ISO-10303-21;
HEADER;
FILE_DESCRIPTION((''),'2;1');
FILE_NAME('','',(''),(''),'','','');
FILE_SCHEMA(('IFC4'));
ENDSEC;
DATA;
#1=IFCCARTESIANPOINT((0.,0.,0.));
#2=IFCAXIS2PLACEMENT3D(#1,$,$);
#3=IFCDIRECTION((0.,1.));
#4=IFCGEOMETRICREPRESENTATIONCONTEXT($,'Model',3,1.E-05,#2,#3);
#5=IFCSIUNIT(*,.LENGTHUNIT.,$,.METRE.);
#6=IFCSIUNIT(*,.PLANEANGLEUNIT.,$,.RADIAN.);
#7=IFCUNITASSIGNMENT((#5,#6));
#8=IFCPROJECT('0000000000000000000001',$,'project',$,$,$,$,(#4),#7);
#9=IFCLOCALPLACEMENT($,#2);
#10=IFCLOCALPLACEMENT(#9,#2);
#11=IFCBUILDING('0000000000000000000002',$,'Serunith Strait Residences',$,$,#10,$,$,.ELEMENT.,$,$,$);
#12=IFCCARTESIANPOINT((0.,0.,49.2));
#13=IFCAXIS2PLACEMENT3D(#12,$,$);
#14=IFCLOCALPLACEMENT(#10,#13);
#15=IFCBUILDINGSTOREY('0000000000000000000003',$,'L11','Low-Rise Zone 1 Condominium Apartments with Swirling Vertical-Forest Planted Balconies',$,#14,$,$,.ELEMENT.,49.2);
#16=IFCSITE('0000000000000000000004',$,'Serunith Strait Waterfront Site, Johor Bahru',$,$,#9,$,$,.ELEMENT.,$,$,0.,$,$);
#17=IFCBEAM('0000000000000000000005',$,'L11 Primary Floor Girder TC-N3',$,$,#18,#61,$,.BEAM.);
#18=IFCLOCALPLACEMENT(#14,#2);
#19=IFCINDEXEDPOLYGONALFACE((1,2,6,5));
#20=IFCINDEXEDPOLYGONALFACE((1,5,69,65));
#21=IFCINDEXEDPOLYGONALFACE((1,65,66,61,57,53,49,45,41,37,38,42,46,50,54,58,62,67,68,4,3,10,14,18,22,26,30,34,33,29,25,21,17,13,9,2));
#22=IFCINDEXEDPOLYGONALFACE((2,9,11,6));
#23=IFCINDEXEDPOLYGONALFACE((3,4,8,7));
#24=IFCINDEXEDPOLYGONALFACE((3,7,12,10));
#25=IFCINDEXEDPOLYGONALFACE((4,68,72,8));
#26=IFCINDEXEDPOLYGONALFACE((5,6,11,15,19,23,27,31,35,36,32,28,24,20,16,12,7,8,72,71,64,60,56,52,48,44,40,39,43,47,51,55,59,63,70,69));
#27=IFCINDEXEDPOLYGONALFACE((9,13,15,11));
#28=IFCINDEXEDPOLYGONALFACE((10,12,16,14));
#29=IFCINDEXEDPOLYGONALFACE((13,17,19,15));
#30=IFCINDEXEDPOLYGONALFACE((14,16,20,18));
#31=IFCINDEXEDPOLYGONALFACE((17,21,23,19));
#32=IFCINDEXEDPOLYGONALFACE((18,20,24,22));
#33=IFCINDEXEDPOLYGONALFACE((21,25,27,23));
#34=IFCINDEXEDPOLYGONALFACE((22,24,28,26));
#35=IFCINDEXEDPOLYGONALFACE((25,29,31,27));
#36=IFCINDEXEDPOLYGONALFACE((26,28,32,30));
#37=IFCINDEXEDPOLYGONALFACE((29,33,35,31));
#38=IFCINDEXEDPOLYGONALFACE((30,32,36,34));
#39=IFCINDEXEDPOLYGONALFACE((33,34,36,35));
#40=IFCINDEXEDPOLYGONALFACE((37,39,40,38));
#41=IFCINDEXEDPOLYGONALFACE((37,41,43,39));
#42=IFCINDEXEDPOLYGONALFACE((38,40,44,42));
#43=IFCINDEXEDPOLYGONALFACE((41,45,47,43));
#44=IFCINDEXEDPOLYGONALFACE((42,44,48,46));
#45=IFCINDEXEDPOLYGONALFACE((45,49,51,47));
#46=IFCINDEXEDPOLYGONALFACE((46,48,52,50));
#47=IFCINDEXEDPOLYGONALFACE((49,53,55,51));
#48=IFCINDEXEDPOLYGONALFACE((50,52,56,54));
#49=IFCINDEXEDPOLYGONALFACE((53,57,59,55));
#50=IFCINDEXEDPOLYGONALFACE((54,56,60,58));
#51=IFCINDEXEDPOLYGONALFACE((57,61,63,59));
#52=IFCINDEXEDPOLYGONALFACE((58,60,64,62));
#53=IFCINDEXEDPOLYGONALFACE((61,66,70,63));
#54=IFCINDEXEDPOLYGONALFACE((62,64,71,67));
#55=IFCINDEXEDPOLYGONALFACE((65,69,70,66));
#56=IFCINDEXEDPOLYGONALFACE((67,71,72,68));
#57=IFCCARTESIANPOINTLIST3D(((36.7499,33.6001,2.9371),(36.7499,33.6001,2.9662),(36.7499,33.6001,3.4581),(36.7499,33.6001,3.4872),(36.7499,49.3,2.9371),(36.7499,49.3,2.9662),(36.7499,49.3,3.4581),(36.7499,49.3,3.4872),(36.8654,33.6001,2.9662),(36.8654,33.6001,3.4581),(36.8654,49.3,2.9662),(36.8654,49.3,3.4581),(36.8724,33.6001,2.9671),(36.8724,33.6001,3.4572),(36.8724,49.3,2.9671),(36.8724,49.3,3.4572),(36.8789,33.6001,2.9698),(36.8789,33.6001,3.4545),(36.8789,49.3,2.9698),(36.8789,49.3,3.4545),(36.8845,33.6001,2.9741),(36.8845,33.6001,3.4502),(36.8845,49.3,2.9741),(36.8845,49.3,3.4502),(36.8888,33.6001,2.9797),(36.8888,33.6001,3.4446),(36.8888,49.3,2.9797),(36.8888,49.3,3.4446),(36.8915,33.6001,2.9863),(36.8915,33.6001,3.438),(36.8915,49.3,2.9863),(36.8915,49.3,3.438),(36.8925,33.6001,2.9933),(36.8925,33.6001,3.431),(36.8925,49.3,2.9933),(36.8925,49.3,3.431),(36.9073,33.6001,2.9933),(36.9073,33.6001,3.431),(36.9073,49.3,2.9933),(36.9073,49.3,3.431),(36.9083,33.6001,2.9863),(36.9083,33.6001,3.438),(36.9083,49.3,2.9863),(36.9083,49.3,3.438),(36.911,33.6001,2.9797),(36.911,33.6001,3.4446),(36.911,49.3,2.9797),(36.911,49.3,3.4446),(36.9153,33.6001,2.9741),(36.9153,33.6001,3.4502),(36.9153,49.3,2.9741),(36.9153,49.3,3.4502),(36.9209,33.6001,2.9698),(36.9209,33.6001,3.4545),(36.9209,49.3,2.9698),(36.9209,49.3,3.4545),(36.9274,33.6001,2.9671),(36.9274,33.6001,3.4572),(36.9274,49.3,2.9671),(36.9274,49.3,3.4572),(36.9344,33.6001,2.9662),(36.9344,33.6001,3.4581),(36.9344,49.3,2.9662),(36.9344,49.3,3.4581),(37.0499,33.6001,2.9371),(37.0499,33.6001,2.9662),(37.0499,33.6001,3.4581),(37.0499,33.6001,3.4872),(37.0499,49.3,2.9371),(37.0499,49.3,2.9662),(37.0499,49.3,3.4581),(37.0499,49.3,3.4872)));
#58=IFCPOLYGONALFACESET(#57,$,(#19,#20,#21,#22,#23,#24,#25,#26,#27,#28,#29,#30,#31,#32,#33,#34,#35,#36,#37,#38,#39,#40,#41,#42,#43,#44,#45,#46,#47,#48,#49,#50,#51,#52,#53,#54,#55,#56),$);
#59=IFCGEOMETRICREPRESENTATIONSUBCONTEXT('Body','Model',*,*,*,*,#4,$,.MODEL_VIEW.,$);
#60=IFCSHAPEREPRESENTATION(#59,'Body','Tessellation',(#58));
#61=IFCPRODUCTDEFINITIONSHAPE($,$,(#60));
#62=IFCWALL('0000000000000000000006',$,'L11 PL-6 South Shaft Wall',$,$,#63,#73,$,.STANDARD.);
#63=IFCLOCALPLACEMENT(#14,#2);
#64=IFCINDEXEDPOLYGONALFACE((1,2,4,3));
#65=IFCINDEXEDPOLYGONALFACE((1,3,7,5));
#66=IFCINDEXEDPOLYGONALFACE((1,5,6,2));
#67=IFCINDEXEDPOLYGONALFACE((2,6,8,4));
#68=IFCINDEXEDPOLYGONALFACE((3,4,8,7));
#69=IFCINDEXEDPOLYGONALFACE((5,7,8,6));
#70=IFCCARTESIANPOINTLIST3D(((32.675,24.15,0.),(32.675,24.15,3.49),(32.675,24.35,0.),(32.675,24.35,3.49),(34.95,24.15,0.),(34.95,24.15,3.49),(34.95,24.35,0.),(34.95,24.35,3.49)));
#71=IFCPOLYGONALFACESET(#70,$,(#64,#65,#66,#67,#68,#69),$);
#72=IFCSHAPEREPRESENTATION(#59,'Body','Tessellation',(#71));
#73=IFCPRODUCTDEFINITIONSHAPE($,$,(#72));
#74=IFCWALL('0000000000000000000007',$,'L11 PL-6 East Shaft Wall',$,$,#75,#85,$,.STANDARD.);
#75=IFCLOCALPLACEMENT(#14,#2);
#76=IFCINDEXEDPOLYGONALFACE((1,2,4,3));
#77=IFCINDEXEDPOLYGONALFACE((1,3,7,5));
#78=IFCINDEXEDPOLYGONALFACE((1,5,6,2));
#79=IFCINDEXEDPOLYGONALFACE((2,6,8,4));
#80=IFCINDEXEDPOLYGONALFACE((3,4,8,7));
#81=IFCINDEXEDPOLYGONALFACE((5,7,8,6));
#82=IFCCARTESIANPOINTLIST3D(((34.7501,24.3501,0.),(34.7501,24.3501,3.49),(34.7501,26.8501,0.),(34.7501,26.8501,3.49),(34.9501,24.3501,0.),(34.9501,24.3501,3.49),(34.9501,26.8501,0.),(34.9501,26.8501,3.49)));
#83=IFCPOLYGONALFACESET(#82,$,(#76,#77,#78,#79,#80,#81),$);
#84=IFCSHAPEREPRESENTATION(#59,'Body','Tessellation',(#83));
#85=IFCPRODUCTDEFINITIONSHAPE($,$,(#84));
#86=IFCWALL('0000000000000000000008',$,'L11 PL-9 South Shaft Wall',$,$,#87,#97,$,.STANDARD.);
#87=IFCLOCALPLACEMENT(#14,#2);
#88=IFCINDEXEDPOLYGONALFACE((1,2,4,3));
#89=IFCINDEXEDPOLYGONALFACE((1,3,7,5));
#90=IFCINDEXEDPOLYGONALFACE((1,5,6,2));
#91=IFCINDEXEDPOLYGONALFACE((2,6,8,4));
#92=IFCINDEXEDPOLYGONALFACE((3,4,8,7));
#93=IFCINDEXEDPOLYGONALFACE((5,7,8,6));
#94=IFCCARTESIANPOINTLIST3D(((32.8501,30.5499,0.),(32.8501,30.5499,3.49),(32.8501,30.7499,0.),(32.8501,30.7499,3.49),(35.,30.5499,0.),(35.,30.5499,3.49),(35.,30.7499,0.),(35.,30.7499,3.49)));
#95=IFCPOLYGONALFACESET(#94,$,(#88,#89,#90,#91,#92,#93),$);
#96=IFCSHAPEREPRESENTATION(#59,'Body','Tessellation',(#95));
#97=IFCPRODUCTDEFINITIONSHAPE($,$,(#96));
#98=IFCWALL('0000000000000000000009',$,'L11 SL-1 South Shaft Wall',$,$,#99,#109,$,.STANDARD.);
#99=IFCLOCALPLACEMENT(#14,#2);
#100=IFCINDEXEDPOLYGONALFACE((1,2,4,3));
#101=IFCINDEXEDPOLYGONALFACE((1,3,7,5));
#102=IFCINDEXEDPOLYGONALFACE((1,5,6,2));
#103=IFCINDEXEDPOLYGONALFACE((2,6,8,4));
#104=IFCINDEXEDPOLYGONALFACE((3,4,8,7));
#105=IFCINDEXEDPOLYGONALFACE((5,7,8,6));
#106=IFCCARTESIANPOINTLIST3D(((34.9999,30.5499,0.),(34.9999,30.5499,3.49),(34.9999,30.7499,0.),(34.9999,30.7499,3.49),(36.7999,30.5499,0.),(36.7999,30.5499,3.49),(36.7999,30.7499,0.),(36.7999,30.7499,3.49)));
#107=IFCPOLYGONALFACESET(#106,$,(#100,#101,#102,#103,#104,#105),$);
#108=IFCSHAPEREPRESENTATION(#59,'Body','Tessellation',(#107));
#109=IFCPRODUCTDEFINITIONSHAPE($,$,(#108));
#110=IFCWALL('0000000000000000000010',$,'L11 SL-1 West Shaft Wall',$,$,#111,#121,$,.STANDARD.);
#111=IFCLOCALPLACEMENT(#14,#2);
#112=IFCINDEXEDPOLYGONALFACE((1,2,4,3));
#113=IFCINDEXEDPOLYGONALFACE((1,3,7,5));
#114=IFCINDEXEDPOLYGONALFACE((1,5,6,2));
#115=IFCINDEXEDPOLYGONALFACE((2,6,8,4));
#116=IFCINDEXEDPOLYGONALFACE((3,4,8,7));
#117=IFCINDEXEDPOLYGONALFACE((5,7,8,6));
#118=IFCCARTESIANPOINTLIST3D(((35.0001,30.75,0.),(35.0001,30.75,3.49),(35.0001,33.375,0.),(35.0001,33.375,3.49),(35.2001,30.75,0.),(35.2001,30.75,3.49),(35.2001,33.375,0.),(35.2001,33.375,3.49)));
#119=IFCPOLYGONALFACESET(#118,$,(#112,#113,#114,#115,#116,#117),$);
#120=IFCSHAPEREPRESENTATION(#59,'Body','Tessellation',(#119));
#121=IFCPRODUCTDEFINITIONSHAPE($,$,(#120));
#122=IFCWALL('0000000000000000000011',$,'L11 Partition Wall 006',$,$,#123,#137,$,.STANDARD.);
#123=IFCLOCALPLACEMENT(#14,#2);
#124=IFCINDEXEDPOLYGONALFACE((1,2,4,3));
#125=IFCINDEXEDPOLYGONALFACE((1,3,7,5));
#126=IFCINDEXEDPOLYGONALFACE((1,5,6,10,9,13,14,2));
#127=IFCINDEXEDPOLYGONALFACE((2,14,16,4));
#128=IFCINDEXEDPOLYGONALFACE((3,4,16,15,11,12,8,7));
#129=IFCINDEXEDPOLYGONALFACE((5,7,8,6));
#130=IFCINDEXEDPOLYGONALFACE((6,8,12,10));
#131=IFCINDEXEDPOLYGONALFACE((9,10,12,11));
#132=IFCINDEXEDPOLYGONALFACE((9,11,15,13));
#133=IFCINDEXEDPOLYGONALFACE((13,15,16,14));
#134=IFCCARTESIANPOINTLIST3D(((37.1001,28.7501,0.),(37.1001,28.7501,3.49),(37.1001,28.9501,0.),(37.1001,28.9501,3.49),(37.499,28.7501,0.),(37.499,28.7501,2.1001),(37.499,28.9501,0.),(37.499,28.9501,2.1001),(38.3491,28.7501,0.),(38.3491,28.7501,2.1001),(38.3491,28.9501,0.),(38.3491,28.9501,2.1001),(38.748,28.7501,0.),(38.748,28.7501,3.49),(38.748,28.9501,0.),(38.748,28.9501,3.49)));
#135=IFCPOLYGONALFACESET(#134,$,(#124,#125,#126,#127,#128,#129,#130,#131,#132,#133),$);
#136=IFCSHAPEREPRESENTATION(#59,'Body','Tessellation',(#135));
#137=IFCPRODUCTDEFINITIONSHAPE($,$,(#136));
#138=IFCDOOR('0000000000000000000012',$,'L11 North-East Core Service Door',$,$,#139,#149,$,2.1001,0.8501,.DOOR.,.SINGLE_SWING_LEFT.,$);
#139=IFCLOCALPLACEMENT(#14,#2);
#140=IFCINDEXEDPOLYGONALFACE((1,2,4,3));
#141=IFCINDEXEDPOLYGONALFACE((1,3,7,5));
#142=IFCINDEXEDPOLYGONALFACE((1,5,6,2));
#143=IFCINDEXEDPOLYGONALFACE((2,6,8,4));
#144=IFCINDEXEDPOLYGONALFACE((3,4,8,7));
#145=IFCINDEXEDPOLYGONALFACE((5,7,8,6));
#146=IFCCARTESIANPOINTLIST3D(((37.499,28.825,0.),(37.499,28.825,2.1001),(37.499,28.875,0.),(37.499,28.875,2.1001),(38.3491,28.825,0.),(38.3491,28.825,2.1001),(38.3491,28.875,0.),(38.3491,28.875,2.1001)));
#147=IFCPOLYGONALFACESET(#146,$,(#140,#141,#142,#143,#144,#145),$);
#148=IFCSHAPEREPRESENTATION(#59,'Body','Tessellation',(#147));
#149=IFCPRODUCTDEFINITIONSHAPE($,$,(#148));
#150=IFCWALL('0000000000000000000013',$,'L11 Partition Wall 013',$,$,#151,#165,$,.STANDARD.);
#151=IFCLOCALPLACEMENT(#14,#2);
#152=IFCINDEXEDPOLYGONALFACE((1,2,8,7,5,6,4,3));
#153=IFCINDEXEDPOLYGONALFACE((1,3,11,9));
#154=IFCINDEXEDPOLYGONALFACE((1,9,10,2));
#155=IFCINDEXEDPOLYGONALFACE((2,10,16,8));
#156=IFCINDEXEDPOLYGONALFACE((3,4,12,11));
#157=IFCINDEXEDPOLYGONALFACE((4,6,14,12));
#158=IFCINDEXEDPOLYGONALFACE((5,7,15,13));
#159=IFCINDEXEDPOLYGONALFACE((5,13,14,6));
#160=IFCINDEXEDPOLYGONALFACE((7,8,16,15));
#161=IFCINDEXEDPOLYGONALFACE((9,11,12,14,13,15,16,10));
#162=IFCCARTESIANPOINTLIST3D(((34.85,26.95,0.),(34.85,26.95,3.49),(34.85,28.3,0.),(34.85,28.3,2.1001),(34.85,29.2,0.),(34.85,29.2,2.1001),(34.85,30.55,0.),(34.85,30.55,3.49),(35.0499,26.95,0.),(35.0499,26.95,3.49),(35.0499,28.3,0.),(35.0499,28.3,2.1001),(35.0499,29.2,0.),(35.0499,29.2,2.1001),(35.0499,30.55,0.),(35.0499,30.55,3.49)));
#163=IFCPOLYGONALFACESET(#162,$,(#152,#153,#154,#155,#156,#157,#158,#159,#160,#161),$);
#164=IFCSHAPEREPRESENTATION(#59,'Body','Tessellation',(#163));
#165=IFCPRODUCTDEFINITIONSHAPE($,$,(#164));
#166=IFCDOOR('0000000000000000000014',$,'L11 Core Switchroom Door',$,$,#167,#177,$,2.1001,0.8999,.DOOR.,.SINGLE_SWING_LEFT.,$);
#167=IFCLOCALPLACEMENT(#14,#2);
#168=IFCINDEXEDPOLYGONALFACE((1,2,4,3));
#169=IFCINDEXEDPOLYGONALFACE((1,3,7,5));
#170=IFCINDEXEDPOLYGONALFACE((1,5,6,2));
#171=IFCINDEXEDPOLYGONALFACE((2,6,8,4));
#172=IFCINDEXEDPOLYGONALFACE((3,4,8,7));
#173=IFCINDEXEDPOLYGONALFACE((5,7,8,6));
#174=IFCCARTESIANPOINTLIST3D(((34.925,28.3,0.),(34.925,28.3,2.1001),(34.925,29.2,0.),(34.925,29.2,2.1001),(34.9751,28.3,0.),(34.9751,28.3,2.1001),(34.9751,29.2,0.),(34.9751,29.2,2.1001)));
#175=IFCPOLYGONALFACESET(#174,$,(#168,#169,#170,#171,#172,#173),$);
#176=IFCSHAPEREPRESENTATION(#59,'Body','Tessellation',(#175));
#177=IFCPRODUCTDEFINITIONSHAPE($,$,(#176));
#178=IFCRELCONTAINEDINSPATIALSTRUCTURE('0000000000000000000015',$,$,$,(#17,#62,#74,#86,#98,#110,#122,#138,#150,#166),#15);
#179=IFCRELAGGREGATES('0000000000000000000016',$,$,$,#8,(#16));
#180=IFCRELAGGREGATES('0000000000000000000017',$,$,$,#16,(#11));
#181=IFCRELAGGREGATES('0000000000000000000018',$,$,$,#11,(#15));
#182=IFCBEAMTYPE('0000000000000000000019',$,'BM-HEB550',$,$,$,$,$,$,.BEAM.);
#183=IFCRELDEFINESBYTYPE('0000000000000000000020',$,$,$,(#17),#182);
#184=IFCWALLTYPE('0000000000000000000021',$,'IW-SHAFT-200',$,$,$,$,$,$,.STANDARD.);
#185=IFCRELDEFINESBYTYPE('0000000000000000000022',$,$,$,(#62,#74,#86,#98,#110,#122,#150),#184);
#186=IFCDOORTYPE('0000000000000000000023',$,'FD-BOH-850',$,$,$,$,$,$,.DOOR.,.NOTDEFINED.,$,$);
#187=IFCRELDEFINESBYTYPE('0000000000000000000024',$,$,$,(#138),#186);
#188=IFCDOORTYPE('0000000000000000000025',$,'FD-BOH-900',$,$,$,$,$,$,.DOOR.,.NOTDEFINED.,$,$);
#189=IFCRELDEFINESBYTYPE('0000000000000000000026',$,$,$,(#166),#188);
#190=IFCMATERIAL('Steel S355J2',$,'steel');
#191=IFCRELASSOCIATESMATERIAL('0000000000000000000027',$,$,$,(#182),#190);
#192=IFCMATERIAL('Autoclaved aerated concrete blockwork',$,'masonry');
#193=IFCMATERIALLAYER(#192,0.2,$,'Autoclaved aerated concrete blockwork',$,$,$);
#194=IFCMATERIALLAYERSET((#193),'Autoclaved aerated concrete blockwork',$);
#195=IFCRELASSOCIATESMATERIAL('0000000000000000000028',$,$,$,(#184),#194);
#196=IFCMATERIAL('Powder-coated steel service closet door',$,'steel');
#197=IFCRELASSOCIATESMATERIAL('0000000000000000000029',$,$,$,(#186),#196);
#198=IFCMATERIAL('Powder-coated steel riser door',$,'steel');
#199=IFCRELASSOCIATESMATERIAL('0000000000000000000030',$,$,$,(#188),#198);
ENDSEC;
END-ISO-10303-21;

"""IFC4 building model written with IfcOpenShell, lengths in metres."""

from ifc_helpers import new_model, si_unit, direction, frame, frame_2d, origin, origin_2d, place, context, subcontext, project, spatial, rectangle, i_section, extrude, source, transform, mapped, material, layer, layer_set, material_profile, profile_set, type_object, element, fill, save


model = new_model("IFC4")

# Units and contexts
model_context = context("Model", 3, precision=1e-05, world=origin(), true_north=direction((0.0, 1.0)))
body_context = subcontext(model_context, "Body", "Model", "MODEL_VIEW")
ifc_project = project(units=[si_unit("LENGTHUNIT", "METRE"), si_unit("PLANEANGLEUNIT", "RADIAN")], contexts=[model_context])

# Site, building, storey
site_placement = place(None, origin())
site = spatial("IfcSite", under=ifc_project, at=site_placement, Name="Serunith Strait Waterfront Site, Johor Bahru", CompositionType="ELEMENT", RefElevation=0.0)
building_placement = place(site_placement, origin())
building = spatial("IfcBuilding", under=site, at=building_placement, Name="Serunith Strait Residences", CompositionType="ELEMENT")
storey_placement = place(building_placement, frame((0.0, 0.0, 49.2)))
storey = spatial("IfcBuildingStorey", under=building, at=storey_placement, Name="L11", Description="Low-Rise Zone 1 Condominium Apartments with Swirling Vertical-Forest Planted Balconies", CompositionType="ELEMENT", Elevation=49.2)

# Beam
ifc_material_1 = material(Name="Steel S355J2", Category="steel")
ifc_material_profile = material_profile(ifc_material_1, i_section(OverallWidth=0.3, OverallDepth=0.55, WebThickness=0.0149, FlangeThickness=0.0291, FilletRadius=0.0271, at=origin_2d()), Name="HEB 550")
ifc_profile_set = profile_set([ifc_material_profile], Name="Steel S355J2")
beam_type = type_object("IfcBeamType", Name="BM-HEB550", PredefinedType="BEAM", material=ifc_profile_set)
shared_shape_1 = source(origin(), body_context, "Body", "SweptSolid", [
    extrude(i_section(OverallWidth=0.3, OverallDepth=0.55, WebThickness=0.0149, FlangeThickness=0.0291, FilletRadius=0.0271, at=origin_2d()), origin(), (0.0, 0.0, 1.0), 15.7),
])
beam_placement = place(storey_placement, frame((36.8999, 33.6001, 3.2122), z_axis=(0.0, 1.0, 0.0), x_axis=(-1.0, 0.0, 0.0)))
element("IfcBeam", 1, at=beam_placement, inside=storey, type_object=beam_type, Name="L11 Primary Floor Girder TC-N3", PredefinedType="BEAM", context=body_context, shape_type="MappedRepresentation", body=[
    mapped(shared_shape_1, transform((0.0, 0.0, 0.0), scale=1.0)),
])

# Shared definitions
ifc_material_2 = material(Name="Autoclaved aerated concrete blockwork", Category="masonry")
ifc_layer_1 = layer(ifc_material_2, 0.2, Name="Autoclaved aerated concrete blockwork")
ifc_layer_set_1 = layer_set([ifc_layer_1], Name="Autoclaved aerated concrete blockwork")
wall_type_1 = type_object("IfcWallType", Name="IW-SHAFT-200", PredefinedType="STANDARD", material=ifc_layer_set_1)

# Walls
wall_1_placement = place(storey_placement, frame((32.675, 24.25, 0.0), z_axis=(0.0, 0.0, 1.0), x_axis=(1.0, 0.0, 0.0)))
element("IfcWall", 2, at=wall_1_placement, inside=storey, type_object=wall_type_1, Name="L11 PL-6 South Shaft Wall", PredefinedType="STANDARD", context=body_context, shape_type="SweptSolid", body=[
    extrude(rectangle(XDim=2.2749, YDim=0.2, at=frame_2d((1.1375, 0.0))), origin(), (0.0, 0.0, 1.0), 3.49),
])
wall_2_placement = place(storey_placement, frame((34.8501, 24.3501, 0.0), z_axis=(0.0, 0.0, 1.0), x_axis=(0.0, 1.0, 0.0)))
element("IfcWall", 3, at=wall_2_placement, inside=storey, type_object=wall_type_1, Name="L11 PL-6 East Shaft Wall", PredefinedType="STANDARD", context=body_context, shape_type="SweptSolid", body=[
    extrude(rectangle(XDim=2.5, YDim=0.2, at=frame_2d((1.25, 0.0))), origin(), (0.0, 0.0, 1.0), 3.49),
])
wall_3_placement = place(storey_placement, frame((32.8501, 30.6499, 0.0), z_axis=(0.0, 0.0, 1.0), x_axis=(1.0, 0.0, 0.0)))
element("IfcWall", 4, at=wall_3_placement, inside=storey, type_object=wall_type_1, Name="L11 PL-9 South Shaft Wall", PredefinedType="STANDARD", context=body_context, shape_type="SweptSolid", body=[
    extrude(rectangle(XDim=2.1499, YDim=0.2, at=frame_2d((1.075, 0.0))), origin(), (0.0, 0.0, 1.0), 3.49),
])
wall_4_placement = place(storey_placement, frame((35.0, 30.6499, 0.0), z_axis=(0.0, 0.0, 1.0), x_axis=(1.0, 0.0, 0.0)))
element("IfcWall", 5, at=wall_4_placement, inside=storey, type_object=wall_type_1, Name="L11 SL-1 South Shaft Wall", PredefinedType="STANDARD", context=body_context, shape_type="SweptSolid", body=[
    extrude(rectangle(XDim=1.8, YDim=0.2, at=frame_2d((0.8999, 0.0))), origin(), (0.0, 0.0, 1.0), 3.49),
])
wall_5_placement = place(storey_placement, frame((35.1001, 30.75, 0.0), z_axis=(0.0, 0.0, 1.0), x_axis=(0.0, 1.0, 0.0)))
element("IfcWall", 6, at=wall_5_placement, inside=storey, type_object=wall_type_1, Name="L11 SL-1 West Shaft Wall", PredefinedType="STANDARD", context=body_context, shape_type="SweptSolid", body=[
    extrude(rectangle(XDim=2.625, YDim=0.2, at=frame_2d((1.3125, 0.0))), origin(), (0.0, 0.0, 1.0), 3.49),
])

# Walls, openings, doors
wall_6_placement = place(storey_placement, frame((37.1001, 28.8501, 0.0), z_axis=(0.0, 0.0, 1.0), x_axis=(1.0, 0.0, 0.0)))
wall_6 = element("IfcWall", 7, at=wall_6_placement, inside=storey, type_object=wall_type_1, Name="L11 Partition Wall 006", PredefinedType="STANDARD", context=body_context, shape_type="SweptSolid", body=[
    extrude(rectangle(XDim=1.6479, YDim=0.2, at=frame_2d((0.824, 0.0))), origin(), (0.0, 0.0, 1.0), 3.49),
])
opening_1_placement = place(wall_6_placement, frame((0.3989, 0.0, 0.0)))
opening_1 = element("IfcOpeningElement", 8, at=opening_1_placement, cuts=wall_6, PredefinedType="OPENING", context=body_context, shape_type="SweptSolid", body=[
    extrude(rectangle(XDim=0.8501, YDim=2.1001, at=frame_2d((0.425, 1.05))), frame((0.0, 0.1099, 0.0), z_axis=(0.0, -1.0, 0.0), x_axis=(1.0, 0.0, 0.0)), (0.0, 0.0, 1.0), 0.22),
])
ifc_material_3 = material(Name="Powder-coated steel service closet door", Category="steel")
door_type_1 = type_object("IfcDoorType", Name="FD-BOH-850", OperationType="NOTDEFINED", PredefinedType="DOOR", material=ifc_material_3)
shared_shape_2 = source(origin(), body_context, "Body", "SweptSolid", [
    extrude(rectangle(XDim=0.8501, YDim=2.1001, at=frame_2d((0.425, 1.05))), frame((0.0, 0.0249, 0.0), z_axis=(0.0, -1.0, 0.0), x_axis=(1.0, 0.0, 0.0)), (0.0, 0.0, 1.0), 0.05),
])
door_1_placement = place(opening_1_placement, origin())
door_1 = element("IfcDoor", 9, at=door_1_placement, inside=storey, type_object=door_type_1, Name="L11 North-East Core Service Door", OperationType="SINGLE_SWING_LEFT", OverallHeight=2.1001, OverallWidth=0.8501, PredefinedType="DOOR", context=body_context, shape_type="MappedRepresentation", body=[
    mapped(shared_shape_2, transform((0.0, 0.0, 0.0), scale=1.0)),
])
fill(opening_1, door_1)
wall_7_placement = place(storey_placement, frame((34.95, 26.95, 0.0), z_axis=(0.0, 0.0, 1.0), x_axis=(0.0, 1.0, 0.0)))
wall_7 = element("IfcWall", 10, at=wall_7_placement, inside=storey, type_object=wall_type_1, Name="L11 Partition Wall 013", PredefinedType="STANDARD", context=body_context, shape_type="SweptSolid", body=[
    extrude(rectangle(XDim=3.6001, YDim=0.2, at=frame_2d((1.8, 0.0))), origin(), (0.0, 0.0, 1.0), 3.49),
])
opening_2_placement = place(wall_7_placement, frame((1.3501, 0.0, 0.0)))
opening_2 = element("IfcOpeningElement", 11, at=opening_2_placement, cuts=wall_7, PredefinedType="OPENING", context=body_context, shape_type="SweptSolid", body=[
    extrude(rectangle(XDim=0.8999, YDim=2.1001, at=frame_2d((0.45, 1.05))), frame((0.0, 0.1099, 0.0), z_axis=(0.0, -1.0, 0.0), x_axis=(1.0, 0.0, 0.0)), (0.0, 0.0, 1.0), 0.22),
])
ifc_material_4 = material(Name="Powder-coated steel riser door", Category="steel")
door_type_2 = type_object("IfcDoorType", Name="FD-BOH-900", OperationType="NOTDEFINED", PredefinedType="DOOR", material=ifc_material_4)
shared_shape_3 = source(origin(), body_context, "Body", "SweptSolid", [
    extrude(rectangle(XDim=0.8999, YDim=2.1001, at=frame_2d((0.45, 1.05))), frame((0.0, 0.0249, 0.0), z_axis=(0.0, -1.0, 0.0), x_axis=(1.0, 0.0, 0.0)), (0.0, 0.0, 1.0), 0.05),
])
door_2_placement = place(opening_2_placement, origin())
door_2 = element("IfcDoor", 12, at=door_2_placement, inside=storey, type_object=door_type_2, Name="L11 Core Switchroom Door", OperationType="SINGLE_SWING_LEFT", OverallHeight=2.1001, OverallWidth=0.8999, PredefinedType="DOOR", context=body_context, shape_type="MappedRepresentation", body=[
    mapped(shared_shape_3, transform((0.0, 0.0, 0.0), scale=1.0)),
])
fill(opening_2, door_2)

save(model, "model.ifc")
